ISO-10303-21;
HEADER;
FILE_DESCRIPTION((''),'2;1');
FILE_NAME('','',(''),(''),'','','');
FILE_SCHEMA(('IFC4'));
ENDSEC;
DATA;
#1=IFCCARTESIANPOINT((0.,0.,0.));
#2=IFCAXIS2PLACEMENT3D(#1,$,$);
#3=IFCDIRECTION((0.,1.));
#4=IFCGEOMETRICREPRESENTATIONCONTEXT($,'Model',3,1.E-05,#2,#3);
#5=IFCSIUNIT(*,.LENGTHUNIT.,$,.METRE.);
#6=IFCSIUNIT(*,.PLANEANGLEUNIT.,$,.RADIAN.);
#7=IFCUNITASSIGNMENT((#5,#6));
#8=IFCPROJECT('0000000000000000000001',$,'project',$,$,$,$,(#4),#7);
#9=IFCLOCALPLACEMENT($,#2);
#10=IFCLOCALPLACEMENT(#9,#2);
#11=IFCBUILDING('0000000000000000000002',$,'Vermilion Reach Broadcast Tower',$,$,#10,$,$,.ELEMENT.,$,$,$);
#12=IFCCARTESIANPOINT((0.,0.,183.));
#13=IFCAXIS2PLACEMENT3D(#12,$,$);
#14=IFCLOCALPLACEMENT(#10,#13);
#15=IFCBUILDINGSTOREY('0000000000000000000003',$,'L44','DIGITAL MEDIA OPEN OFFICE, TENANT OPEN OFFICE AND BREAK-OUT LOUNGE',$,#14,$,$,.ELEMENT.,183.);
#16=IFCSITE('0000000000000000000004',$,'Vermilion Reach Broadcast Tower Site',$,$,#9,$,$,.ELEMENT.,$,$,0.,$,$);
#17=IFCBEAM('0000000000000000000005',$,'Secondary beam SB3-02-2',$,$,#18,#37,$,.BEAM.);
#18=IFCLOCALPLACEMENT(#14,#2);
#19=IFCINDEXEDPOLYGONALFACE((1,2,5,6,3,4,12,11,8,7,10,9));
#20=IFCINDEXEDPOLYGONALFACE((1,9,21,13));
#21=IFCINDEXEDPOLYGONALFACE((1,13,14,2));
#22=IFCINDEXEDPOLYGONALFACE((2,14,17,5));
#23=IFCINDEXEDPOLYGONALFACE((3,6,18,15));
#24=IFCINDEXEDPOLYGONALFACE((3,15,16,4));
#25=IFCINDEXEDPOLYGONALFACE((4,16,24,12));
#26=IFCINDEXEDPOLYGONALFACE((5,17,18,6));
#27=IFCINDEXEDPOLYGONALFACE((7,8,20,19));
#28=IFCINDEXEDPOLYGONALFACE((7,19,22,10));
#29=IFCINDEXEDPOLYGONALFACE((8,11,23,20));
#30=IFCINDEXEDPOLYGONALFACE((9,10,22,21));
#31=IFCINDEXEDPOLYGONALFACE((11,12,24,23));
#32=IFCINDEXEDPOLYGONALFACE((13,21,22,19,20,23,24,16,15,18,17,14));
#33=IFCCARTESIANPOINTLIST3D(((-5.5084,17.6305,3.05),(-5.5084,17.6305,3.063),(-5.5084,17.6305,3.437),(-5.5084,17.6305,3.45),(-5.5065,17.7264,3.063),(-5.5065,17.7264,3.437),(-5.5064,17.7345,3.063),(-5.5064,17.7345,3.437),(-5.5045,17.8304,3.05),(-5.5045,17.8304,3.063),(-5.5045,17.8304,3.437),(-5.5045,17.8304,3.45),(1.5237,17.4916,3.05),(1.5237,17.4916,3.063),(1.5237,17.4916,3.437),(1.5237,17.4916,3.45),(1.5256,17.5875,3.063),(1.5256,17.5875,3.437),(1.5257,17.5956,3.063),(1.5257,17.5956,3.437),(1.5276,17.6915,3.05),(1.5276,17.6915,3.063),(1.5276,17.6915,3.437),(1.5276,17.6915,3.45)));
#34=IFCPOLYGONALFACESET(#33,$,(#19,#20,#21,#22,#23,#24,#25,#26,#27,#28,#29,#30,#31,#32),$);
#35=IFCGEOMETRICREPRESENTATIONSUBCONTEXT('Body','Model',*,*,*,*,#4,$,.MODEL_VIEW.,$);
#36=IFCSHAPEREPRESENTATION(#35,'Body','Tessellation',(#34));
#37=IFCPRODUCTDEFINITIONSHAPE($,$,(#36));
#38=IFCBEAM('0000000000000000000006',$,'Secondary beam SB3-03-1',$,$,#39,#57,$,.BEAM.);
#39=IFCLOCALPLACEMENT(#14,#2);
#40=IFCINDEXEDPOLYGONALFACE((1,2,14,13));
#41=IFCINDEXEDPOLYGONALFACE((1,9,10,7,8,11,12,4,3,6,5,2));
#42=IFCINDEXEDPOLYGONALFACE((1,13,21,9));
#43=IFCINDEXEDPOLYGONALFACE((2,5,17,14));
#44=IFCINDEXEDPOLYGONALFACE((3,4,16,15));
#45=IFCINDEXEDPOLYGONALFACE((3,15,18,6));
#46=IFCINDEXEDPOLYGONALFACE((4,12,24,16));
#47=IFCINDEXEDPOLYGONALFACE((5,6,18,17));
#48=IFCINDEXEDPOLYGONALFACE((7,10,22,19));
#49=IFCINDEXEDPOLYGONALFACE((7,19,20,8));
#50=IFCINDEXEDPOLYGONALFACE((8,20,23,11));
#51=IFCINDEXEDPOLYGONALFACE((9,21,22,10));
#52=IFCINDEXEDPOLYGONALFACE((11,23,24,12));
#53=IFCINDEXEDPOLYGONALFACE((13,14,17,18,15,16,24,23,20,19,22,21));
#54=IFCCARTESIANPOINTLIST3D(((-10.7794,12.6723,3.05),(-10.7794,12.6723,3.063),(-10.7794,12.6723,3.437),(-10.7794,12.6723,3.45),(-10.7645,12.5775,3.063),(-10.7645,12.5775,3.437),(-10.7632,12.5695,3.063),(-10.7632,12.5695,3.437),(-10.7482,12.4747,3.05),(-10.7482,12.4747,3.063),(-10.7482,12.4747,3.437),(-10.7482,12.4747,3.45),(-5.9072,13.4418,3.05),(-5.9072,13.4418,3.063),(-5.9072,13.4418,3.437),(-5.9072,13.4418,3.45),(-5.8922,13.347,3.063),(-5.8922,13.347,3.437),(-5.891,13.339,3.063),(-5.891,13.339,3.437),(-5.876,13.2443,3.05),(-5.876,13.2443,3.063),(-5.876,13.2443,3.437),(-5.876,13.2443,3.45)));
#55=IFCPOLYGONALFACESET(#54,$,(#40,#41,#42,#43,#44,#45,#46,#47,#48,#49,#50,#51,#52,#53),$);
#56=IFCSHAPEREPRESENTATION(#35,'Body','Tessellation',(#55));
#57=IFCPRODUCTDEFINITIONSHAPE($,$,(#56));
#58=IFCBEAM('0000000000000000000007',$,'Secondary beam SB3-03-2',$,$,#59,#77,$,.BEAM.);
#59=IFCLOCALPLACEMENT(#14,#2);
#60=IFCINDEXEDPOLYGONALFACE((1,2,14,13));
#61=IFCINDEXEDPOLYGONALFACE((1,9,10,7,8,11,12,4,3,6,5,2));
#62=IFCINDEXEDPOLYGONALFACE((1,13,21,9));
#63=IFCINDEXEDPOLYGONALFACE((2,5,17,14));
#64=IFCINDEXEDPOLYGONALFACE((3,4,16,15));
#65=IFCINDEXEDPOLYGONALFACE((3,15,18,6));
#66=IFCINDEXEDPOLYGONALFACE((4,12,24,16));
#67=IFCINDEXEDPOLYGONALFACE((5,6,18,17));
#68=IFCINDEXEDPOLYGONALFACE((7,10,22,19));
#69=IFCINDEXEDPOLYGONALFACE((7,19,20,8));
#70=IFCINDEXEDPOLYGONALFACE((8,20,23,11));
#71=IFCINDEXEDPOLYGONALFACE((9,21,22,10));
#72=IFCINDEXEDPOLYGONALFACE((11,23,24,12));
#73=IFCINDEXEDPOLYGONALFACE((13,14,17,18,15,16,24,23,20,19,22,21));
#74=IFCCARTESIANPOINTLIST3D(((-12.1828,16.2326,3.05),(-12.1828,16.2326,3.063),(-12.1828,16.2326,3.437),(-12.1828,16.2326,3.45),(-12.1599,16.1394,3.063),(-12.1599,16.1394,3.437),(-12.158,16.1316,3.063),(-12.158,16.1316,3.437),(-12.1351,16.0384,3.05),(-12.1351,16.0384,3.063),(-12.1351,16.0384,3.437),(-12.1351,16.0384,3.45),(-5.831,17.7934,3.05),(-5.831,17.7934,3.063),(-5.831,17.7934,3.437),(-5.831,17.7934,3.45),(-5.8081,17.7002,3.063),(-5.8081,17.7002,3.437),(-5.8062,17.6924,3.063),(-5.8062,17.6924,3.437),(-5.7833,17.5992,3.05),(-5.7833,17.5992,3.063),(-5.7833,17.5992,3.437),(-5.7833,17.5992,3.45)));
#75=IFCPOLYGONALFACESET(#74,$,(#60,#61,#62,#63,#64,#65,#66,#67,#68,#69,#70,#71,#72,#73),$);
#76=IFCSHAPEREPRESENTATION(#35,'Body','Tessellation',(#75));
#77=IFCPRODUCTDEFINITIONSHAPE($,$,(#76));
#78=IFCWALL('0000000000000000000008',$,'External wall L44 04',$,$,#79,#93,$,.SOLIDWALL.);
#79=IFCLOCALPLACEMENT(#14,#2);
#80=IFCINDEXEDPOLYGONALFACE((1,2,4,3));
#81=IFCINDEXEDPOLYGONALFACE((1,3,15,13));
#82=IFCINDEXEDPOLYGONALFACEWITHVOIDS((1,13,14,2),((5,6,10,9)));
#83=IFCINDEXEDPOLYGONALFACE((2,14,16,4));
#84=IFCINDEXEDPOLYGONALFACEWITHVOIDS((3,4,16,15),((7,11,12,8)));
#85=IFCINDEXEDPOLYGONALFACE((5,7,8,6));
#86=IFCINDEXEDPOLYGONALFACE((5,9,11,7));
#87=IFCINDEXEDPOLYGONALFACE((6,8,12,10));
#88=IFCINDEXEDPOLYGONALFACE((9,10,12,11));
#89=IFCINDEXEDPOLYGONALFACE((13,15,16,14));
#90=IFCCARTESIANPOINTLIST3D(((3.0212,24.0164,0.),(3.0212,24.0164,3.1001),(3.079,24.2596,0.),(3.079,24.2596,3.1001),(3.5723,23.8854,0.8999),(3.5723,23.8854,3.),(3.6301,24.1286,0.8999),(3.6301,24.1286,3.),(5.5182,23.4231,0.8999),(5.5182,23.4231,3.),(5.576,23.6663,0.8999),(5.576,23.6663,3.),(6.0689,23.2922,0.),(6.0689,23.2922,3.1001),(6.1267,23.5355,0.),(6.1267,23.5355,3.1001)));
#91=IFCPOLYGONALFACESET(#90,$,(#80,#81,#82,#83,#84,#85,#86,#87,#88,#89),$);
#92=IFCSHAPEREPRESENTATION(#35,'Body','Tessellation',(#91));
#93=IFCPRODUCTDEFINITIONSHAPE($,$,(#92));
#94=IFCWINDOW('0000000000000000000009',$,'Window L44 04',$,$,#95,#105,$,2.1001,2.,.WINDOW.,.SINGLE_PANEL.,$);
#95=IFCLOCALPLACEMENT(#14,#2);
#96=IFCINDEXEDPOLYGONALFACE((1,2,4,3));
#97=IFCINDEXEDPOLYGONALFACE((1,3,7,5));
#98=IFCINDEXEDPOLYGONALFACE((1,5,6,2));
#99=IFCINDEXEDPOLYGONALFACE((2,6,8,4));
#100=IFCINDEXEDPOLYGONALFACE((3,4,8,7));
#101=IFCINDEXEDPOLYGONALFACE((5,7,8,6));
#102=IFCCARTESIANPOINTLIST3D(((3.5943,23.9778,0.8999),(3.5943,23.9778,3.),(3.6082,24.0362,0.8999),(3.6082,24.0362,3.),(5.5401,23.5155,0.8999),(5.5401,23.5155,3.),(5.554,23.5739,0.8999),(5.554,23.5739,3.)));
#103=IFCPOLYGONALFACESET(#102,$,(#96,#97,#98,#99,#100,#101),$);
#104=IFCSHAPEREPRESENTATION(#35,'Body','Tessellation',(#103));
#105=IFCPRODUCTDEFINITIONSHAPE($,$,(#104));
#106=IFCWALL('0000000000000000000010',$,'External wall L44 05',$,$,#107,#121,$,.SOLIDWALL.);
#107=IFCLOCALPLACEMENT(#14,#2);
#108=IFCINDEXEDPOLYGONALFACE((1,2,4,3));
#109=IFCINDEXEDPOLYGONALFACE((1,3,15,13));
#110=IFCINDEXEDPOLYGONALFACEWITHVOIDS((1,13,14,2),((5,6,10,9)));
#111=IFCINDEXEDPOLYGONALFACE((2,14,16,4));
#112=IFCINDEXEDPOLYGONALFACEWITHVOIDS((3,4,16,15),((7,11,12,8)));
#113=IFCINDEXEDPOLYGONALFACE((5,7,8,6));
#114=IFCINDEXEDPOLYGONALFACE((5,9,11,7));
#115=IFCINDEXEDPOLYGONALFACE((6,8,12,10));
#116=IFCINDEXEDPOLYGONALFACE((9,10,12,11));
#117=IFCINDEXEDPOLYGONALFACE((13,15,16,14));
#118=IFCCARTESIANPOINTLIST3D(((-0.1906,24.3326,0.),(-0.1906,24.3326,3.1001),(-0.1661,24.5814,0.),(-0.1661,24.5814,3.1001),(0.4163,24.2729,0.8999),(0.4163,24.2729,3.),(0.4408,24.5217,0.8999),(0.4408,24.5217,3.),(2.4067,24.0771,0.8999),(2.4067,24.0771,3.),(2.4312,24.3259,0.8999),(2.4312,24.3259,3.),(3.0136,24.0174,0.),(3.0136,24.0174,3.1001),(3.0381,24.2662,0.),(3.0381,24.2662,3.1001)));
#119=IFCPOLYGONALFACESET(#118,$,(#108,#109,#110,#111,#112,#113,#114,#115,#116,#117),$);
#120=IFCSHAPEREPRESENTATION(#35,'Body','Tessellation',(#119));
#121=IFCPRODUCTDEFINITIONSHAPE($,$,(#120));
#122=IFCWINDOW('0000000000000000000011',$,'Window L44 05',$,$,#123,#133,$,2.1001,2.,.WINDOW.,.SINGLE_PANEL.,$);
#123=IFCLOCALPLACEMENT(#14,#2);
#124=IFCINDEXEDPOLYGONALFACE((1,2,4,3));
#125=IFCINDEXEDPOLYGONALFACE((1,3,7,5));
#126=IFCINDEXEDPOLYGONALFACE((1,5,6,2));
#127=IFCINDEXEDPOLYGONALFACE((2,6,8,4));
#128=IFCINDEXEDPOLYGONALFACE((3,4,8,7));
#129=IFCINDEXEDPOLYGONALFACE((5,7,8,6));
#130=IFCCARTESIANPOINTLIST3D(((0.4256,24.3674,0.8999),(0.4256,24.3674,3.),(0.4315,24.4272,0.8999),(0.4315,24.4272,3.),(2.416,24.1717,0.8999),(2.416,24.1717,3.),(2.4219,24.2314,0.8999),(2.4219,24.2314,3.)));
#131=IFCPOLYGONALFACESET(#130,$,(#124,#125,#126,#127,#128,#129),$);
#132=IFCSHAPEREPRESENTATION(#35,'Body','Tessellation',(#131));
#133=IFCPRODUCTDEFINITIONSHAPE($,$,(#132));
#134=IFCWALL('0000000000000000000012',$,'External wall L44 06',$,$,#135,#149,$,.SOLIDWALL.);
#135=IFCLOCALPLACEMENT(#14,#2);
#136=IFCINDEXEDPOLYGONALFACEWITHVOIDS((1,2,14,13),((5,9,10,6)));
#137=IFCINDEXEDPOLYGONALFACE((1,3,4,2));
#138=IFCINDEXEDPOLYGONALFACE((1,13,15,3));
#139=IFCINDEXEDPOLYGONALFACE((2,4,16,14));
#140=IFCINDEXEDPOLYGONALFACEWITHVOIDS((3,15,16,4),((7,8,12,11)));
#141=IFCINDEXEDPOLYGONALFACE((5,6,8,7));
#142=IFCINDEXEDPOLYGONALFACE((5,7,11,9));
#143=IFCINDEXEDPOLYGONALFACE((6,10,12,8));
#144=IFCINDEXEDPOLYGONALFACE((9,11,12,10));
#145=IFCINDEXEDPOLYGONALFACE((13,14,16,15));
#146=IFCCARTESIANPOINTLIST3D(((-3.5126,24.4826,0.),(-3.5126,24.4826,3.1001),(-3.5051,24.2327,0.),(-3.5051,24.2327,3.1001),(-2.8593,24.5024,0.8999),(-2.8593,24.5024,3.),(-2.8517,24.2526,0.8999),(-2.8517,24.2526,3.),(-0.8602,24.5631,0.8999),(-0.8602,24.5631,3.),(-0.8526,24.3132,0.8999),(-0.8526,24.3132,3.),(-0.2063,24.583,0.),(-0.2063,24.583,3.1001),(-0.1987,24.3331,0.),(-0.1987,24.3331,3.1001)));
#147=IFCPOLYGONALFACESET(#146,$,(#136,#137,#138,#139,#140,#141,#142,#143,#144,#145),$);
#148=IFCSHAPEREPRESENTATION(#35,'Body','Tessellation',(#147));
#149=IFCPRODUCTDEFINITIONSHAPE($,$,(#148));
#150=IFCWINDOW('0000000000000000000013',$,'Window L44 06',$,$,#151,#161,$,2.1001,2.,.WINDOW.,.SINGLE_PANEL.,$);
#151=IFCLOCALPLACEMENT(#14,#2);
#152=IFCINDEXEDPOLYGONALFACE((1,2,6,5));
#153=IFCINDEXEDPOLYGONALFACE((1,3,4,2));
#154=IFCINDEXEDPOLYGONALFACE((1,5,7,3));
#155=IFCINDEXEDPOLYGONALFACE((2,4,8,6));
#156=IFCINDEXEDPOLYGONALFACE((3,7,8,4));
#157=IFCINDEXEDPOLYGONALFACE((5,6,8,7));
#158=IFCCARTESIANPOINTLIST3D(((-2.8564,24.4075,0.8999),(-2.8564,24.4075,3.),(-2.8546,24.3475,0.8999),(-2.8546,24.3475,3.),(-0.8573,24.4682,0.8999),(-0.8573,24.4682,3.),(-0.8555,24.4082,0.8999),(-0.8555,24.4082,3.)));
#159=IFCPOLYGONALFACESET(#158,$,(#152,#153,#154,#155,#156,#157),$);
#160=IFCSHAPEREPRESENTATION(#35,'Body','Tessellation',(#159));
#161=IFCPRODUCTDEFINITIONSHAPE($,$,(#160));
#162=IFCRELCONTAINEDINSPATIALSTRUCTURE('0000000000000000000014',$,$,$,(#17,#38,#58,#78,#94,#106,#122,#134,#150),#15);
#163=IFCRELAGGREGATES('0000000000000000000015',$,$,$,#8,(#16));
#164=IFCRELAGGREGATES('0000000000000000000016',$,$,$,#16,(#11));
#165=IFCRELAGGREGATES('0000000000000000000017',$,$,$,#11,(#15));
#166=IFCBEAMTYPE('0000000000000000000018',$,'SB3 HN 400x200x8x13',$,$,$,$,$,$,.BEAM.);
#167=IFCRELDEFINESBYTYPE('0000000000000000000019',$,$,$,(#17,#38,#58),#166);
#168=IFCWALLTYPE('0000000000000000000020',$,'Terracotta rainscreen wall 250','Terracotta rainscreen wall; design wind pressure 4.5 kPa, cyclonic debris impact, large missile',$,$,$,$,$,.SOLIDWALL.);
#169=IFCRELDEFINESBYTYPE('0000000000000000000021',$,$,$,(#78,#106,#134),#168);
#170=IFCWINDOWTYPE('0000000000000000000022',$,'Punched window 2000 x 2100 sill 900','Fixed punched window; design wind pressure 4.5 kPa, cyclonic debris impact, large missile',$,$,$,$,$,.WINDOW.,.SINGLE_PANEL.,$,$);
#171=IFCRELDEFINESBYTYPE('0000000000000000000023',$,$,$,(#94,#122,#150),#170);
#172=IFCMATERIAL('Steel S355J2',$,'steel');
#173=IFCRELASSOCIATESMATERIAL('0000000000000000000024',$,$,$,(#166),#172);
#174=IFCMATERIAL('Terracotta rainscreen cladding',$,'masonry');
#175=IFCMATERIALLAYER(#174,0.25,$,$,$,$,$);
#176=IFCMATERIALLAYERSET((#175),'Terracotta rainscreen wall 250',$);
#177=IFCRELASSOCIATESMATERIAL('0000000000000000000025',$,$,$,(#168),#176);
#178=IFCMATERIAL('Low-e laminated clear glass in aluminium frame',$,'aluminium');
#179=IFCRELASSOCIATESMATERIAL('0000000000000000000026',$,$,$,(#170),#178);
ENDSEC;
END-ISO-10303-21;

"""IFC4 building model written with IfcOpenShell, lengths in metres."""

from ifc_helpers import new_model, si_unit, direction, frame, frame_2d, origin, origin_2d, place, context, subcontext, project, spatial, rectangle, i_section, extrude, material, layer, layer_set, material_profile, profile_set, type_object, element, fill, save


model = new_model("IFC4")

# Units and contexts
model_context = context("Model", 3, precision=1e-05, world=origin(), true_north=direction((0.0, 1.0)))
body_context = subcontext(model_context, "Body", "Model", "MODEL_VIEW")
ifc_project = project(units=[si_unit("LENGTHUNIT", "METRE"), si_unit("PLANEANGLEUNIT", "RADIAN")], contexts=[model_context])

# Site, building, storey
site_placement = place(None, origin())
site = spatial("IfcSite", under=ifc_project, at=site_placement, Name="Vermilion Reach Broadcast Tower Site", CompositionType="ELEMENT", RefElevation=0.0)
building_placement = place(site_placement, origin())
building = spatial("IfcBuilding", under=site, at=building_placement, Name="Vermilion Reach Broadcast Tower", CompositionType="ELEMENT")
storey_placement = place(building_placement, frame((0.0, 0.0, 183.0)))
storey = spatial("IfcBuildingStorey", under=building, at=storey_placement, Name="L44", Description="DIGITAL MEDIA OPEN OFFICE, TENANT OPEN OFFICE AND BREAK-OUT LOUNGE", CompositionType="ELEMENT", Elevation=183.0)

# Beams
ifc_material_1 = material(Name="Steel S355J2", Category="steel")
ifc_material_profile_1 = material_profile(ifc_material_1, i_section(OverallWidth=0.2, OverallDepth=0.3999, WebThickness=0.0081, FlangeThickness=0.0129, at=origin_2d()), Name="S355J2 HN 400x200x8x13")
ifc_profile_set_1 = profile_set([ifc_material_profile_1], Name="Steel S355J2")
beam_type_1 = type_object("IfcBeamType", Name="SB3 HN 400x200x8x13", PredefinedType="BEAM", material=ifc_profile_set_1)
beam_1_placement = place(storey_placement, frame((1.5256, 17.5916, 3.25), z_axis=(-0.999805, 0.019751, 0.0), x_axis=(-0.019751, -0.999805, 0.0)))
element("IfcBeam", 1, at=beam_1_placement, inside=storey, type_object=beam_type_1, Name="Secondary beam SB3-02-2", PredefinedType="BEAM", context=body_context, shape_type="SweptSolid", body=[
    extrude(i_section(OverallWidth=0.2, OverallDepth=0.3999, WebThickness=0.0081, FlangeThickness=0.0129, at=origin_2d()), origin(), (0.0, 0.0, 1.0), 7.0334),
])
beam_2_placement = place(storey_placement, frame((-5.8916, 13.343, 3.25), z_axis=(-0.987756, -0.156006, 0.0), x_axis=(0.156006, -0.987756, 0.0)))
element("IfcBeam", 2, at=beam_2_placement, inside=storey, type_object=beam_type_1, Name="Secondary beam SB3-03-1", PredefinedType="BEAM", context=body_context, shape_type="SweptSolid", body=[
    extrude(i_section(OverallWidth=0.2, OverallDepth=0.3999, WebThickness=0.0081, FlangeThickness=0.0129, at=origin_2d()), origin(), (0.0, 0.0, 1.0), 4.9326),
])
beam_3_placement = place(storey_placement, frame((-5.8071, 17.6963, 3.25), z_axis=(-0.971112, -0.238625, 0.0), x_axis=(0.238625, -0.971112, 0.0)))
element("IfcBeam", 3, at=beam_3_placement, inside=storey, type_object=beam_type_1, Name="Secondary beam SB3-03-2", PredefinedType="BEAM", context=body_context, shape_type="SweptSolid", body=[
    extrude(i_section(OverallWidth=0.2, OverallDepth=0.3999, WebThickness=0.0081, FlangeThickness=0.0129, at=origin_2d()), origin(), (0.0, 0.0, 1.0), 6.5408),
])

# Walls, openings, windows
ifc_material_2 = material(Name="Terracotta rainscreen cladding", Category="masonry")
ifc_layer = layer(ifc_material_2, 0.25)
ifc_layer_set = layer_set([ifc_layer], Name="Terracotta rainscreen wall 250")
wall_type = type_object("IfcWallType", Name="Terracotta rainscreen wall 250", Description="Terracotta rainscreen wall; design wind pressure 4.5 kPa, cyclonic debris impact, large missile", PredefinedType="SOLIDWALL", material=ifc_layer_set)
wall_1_placement = place(storey_placement, frame((6.0979, 23.4138, 0.0), z_axis=(0.0, 0.0, 1.0), x_axis=(-0.972914, 0.231167, 0.0)))
wall_1 = element("IfcWall", 4, at=wall_1_placement, inside=storey, type_object=wall_type, Name="External wall L44 04", PredefinedType="SOLIDWALL", context=body_context, shape_type="SweptSolid", body=[
    extrude(rectangle(XDim=3.1326, YDim=0.25, at=frame_2d((1.5664, 0.0))), origin(), (0.0, 0.0, 1.0), 3.1001),
])
opening_1_placement = place(wall_1_placement, frame((0.5662, 0.0, 0.8999)))
opening_1 = element("IfcOpeningElement", 5, at=opening_1_placement, cuts=wall_1, PredefinedType="OPENING", context=body_context, shape_type="SweptSolid", body=[
    extrude(rectangle(XDim=2.0, YDim=2.1001, at=frame_2d((1.0, 1.05))), frame((0.0, 0.135, 0.0), z_axis=(0.0, -1.0, 0.0), x_axis=(1.0, 0.0, 0.0)), (0.0, 0.0, 1.0), 0.27),
])
ifc_material_3 = material(Name="Low-e laminated clear glass in aluminium frame", Category="aluminium")
window_type = type_object("IfcWindowType", Name="Punched window 2000 x 2100 sill 900", Description="Fixed punched window; design wind pressure 4.5 kPa, cyclonic debris impact, large missile", PartitioningType="SINGLE_PANEL", PredefinedType="WINDOW", material=ifc_material_3)
window_1_placement = place(opening_1_placement, origin())
window_1 = element("IfcWindow", 6, at=window_1_placement, inside=storey, type_object=window_type, Name="Window L44 04", OverallHeight=2.1001, OverallWidth=2.0, PartitioningType="SINGLE_PANEL", PredefinedType="WINDOW", context=body_context, shape_type="SweptSolid", body=[
    extrude(rectangle(XDim=2.0, YDim=2.1001, at=frame_2d((1.0, 1.05))), frame((0.0, 0.03, 0.0), z_axis=(0.0, -1.0, 0.0), x_axis=(1.0, 0.0, 0.0)), (0.0, 0.0, 1.0), 0.0601),
])
fill(opening_1, window_1)
wall_2_placement = place(storey_placement, frame((3.0259, 24.1418, 0.0), z_axis=(0.0, 0.0, 1.0), x_axis=(-0.995197, 0.09789, 0.0)))
wall_2 = element("IfcWall", 7, at=wall_2_placement, inside=storey, type_object=wall_type, Name="External wall L44 05", PredefinedType="SOLIDWALL", context=body_context, shape_type="SweptSolid", body=[
    extrude(rectangle(XDim=3.2197, YDim=0.25, at=frame_2d((1.6099, 0.0))), origin(), (0.0, 0.0, 1.0), 3.1001),
])
opening_2_placement = place(wall_2_placement, frame((0.6099, 0.0, 0.8999)))
opening_2 = element("IfcOpeningElement", 8, at=opening_2_placement, cuts=wall_2, PredefinedType="OPENING", context=body_context, shape_type="SweptSolid", body=[
    extrude(rectangle(XDim=2.0, YDim=2.1001, at=frame_2d((1.0, 1.05))), frame((0.0, 0.135, 0.0), z_axis=(0.0, -1.0, 0.0), x_axis=(1.0, 0.0, 0.0)), (0.0, 0.0, 1.0), 0.27),
])
window_2_placement = place(opening_2_placement, origin())
window_2 = element("IfcWindow", 9, at=window_2_placement, inside=storey, type_object=window_type, Name="Window L44 05", OverallHeight=2.1001, OverallWidth=2.0, PartitioningType="SINGLE_PANEL", PredefinedType="WINDOW", context=body_context, shape_type="SweptSolid", body=[
    extrude(rectangle(XDim=2.0, YDim=2.1001, at=frame_2d((1.0, 1.05))), frame((0.0, 0.03, 0.0), z_axis=(0.0, -1.0, 0.0), x_axis=(1.0, 0.0, 0.0)), (0.0, 0.0, 1.0), 0.0601),
])
fill(opening_2, window_2)
wall_3_placement = place(storey_placement, frame((-0.2026, 24.458, 0.0), z_axis=(0.0, 0.0, 1.0), x_axis=(-0.99954, -0.030334, 0.0)))
wall_3 = element("IfcWall", 10, at=wall_3_placement, inside=storey, type_object=wall_type, Name="External wall L44 06", PredefinedType="SOLIDWALL", context=body_context, shape_type="SweptSolid", body=[
    extrude(rectangle(XDim=3.3079, YDim=0.25, at=frame_2d((1.6538, 0.0))), origin(), (0.0, 0.0, 1.0), 3.1001),
])
opening_3_placement = place(wall_3_placement, frame((0.6541, 0.0, 0.8999)))
opening_3 = element("IfcOpeningElement", 11, at=opening_3_placement, cuts=wall_3, PredefinedType="OPENING", context=body_context, shape_type="SweptSolid", body=[
    extrude(rectangle(XDim=2.0, YDim=2.1001, at=frame_2d((1.0, 1.05))), frame((0.0, 0.135, 0.0), z_axis=(0.0, -1.0, 0.0), x_axis=(1.0, 0.0, 0.0)), (0.0, 0.0, 1.0), 0.27),
])
window_3_placement = place(opening_3_placement, origin())
window_3 = element("IfcWindow", 12, at=window_3_placement, inside=storey, type_object=window_type, Name="Window L44 06", OverallHeight=2.1001, OverallWidth=2.0, PartitioningType="SINGLE_PANEL", PredefinedType="WINDOW", context=body_context, shape_type="SweptSolid", body=[
    extrude(rectangle(XDim=2.0, YDim=2.1001, at=frame_2d((1.0, 1.05))), frame((0.0, 0.03, 0.0), z_axis=(0.0, -1.0, 0.0), x_axis=(1.0, 0.0, 0.0)), (0.0, 0.0, 1.0), 0.0601),
])
fill(opening_3, window_3)

save(model, "model.ifc")
